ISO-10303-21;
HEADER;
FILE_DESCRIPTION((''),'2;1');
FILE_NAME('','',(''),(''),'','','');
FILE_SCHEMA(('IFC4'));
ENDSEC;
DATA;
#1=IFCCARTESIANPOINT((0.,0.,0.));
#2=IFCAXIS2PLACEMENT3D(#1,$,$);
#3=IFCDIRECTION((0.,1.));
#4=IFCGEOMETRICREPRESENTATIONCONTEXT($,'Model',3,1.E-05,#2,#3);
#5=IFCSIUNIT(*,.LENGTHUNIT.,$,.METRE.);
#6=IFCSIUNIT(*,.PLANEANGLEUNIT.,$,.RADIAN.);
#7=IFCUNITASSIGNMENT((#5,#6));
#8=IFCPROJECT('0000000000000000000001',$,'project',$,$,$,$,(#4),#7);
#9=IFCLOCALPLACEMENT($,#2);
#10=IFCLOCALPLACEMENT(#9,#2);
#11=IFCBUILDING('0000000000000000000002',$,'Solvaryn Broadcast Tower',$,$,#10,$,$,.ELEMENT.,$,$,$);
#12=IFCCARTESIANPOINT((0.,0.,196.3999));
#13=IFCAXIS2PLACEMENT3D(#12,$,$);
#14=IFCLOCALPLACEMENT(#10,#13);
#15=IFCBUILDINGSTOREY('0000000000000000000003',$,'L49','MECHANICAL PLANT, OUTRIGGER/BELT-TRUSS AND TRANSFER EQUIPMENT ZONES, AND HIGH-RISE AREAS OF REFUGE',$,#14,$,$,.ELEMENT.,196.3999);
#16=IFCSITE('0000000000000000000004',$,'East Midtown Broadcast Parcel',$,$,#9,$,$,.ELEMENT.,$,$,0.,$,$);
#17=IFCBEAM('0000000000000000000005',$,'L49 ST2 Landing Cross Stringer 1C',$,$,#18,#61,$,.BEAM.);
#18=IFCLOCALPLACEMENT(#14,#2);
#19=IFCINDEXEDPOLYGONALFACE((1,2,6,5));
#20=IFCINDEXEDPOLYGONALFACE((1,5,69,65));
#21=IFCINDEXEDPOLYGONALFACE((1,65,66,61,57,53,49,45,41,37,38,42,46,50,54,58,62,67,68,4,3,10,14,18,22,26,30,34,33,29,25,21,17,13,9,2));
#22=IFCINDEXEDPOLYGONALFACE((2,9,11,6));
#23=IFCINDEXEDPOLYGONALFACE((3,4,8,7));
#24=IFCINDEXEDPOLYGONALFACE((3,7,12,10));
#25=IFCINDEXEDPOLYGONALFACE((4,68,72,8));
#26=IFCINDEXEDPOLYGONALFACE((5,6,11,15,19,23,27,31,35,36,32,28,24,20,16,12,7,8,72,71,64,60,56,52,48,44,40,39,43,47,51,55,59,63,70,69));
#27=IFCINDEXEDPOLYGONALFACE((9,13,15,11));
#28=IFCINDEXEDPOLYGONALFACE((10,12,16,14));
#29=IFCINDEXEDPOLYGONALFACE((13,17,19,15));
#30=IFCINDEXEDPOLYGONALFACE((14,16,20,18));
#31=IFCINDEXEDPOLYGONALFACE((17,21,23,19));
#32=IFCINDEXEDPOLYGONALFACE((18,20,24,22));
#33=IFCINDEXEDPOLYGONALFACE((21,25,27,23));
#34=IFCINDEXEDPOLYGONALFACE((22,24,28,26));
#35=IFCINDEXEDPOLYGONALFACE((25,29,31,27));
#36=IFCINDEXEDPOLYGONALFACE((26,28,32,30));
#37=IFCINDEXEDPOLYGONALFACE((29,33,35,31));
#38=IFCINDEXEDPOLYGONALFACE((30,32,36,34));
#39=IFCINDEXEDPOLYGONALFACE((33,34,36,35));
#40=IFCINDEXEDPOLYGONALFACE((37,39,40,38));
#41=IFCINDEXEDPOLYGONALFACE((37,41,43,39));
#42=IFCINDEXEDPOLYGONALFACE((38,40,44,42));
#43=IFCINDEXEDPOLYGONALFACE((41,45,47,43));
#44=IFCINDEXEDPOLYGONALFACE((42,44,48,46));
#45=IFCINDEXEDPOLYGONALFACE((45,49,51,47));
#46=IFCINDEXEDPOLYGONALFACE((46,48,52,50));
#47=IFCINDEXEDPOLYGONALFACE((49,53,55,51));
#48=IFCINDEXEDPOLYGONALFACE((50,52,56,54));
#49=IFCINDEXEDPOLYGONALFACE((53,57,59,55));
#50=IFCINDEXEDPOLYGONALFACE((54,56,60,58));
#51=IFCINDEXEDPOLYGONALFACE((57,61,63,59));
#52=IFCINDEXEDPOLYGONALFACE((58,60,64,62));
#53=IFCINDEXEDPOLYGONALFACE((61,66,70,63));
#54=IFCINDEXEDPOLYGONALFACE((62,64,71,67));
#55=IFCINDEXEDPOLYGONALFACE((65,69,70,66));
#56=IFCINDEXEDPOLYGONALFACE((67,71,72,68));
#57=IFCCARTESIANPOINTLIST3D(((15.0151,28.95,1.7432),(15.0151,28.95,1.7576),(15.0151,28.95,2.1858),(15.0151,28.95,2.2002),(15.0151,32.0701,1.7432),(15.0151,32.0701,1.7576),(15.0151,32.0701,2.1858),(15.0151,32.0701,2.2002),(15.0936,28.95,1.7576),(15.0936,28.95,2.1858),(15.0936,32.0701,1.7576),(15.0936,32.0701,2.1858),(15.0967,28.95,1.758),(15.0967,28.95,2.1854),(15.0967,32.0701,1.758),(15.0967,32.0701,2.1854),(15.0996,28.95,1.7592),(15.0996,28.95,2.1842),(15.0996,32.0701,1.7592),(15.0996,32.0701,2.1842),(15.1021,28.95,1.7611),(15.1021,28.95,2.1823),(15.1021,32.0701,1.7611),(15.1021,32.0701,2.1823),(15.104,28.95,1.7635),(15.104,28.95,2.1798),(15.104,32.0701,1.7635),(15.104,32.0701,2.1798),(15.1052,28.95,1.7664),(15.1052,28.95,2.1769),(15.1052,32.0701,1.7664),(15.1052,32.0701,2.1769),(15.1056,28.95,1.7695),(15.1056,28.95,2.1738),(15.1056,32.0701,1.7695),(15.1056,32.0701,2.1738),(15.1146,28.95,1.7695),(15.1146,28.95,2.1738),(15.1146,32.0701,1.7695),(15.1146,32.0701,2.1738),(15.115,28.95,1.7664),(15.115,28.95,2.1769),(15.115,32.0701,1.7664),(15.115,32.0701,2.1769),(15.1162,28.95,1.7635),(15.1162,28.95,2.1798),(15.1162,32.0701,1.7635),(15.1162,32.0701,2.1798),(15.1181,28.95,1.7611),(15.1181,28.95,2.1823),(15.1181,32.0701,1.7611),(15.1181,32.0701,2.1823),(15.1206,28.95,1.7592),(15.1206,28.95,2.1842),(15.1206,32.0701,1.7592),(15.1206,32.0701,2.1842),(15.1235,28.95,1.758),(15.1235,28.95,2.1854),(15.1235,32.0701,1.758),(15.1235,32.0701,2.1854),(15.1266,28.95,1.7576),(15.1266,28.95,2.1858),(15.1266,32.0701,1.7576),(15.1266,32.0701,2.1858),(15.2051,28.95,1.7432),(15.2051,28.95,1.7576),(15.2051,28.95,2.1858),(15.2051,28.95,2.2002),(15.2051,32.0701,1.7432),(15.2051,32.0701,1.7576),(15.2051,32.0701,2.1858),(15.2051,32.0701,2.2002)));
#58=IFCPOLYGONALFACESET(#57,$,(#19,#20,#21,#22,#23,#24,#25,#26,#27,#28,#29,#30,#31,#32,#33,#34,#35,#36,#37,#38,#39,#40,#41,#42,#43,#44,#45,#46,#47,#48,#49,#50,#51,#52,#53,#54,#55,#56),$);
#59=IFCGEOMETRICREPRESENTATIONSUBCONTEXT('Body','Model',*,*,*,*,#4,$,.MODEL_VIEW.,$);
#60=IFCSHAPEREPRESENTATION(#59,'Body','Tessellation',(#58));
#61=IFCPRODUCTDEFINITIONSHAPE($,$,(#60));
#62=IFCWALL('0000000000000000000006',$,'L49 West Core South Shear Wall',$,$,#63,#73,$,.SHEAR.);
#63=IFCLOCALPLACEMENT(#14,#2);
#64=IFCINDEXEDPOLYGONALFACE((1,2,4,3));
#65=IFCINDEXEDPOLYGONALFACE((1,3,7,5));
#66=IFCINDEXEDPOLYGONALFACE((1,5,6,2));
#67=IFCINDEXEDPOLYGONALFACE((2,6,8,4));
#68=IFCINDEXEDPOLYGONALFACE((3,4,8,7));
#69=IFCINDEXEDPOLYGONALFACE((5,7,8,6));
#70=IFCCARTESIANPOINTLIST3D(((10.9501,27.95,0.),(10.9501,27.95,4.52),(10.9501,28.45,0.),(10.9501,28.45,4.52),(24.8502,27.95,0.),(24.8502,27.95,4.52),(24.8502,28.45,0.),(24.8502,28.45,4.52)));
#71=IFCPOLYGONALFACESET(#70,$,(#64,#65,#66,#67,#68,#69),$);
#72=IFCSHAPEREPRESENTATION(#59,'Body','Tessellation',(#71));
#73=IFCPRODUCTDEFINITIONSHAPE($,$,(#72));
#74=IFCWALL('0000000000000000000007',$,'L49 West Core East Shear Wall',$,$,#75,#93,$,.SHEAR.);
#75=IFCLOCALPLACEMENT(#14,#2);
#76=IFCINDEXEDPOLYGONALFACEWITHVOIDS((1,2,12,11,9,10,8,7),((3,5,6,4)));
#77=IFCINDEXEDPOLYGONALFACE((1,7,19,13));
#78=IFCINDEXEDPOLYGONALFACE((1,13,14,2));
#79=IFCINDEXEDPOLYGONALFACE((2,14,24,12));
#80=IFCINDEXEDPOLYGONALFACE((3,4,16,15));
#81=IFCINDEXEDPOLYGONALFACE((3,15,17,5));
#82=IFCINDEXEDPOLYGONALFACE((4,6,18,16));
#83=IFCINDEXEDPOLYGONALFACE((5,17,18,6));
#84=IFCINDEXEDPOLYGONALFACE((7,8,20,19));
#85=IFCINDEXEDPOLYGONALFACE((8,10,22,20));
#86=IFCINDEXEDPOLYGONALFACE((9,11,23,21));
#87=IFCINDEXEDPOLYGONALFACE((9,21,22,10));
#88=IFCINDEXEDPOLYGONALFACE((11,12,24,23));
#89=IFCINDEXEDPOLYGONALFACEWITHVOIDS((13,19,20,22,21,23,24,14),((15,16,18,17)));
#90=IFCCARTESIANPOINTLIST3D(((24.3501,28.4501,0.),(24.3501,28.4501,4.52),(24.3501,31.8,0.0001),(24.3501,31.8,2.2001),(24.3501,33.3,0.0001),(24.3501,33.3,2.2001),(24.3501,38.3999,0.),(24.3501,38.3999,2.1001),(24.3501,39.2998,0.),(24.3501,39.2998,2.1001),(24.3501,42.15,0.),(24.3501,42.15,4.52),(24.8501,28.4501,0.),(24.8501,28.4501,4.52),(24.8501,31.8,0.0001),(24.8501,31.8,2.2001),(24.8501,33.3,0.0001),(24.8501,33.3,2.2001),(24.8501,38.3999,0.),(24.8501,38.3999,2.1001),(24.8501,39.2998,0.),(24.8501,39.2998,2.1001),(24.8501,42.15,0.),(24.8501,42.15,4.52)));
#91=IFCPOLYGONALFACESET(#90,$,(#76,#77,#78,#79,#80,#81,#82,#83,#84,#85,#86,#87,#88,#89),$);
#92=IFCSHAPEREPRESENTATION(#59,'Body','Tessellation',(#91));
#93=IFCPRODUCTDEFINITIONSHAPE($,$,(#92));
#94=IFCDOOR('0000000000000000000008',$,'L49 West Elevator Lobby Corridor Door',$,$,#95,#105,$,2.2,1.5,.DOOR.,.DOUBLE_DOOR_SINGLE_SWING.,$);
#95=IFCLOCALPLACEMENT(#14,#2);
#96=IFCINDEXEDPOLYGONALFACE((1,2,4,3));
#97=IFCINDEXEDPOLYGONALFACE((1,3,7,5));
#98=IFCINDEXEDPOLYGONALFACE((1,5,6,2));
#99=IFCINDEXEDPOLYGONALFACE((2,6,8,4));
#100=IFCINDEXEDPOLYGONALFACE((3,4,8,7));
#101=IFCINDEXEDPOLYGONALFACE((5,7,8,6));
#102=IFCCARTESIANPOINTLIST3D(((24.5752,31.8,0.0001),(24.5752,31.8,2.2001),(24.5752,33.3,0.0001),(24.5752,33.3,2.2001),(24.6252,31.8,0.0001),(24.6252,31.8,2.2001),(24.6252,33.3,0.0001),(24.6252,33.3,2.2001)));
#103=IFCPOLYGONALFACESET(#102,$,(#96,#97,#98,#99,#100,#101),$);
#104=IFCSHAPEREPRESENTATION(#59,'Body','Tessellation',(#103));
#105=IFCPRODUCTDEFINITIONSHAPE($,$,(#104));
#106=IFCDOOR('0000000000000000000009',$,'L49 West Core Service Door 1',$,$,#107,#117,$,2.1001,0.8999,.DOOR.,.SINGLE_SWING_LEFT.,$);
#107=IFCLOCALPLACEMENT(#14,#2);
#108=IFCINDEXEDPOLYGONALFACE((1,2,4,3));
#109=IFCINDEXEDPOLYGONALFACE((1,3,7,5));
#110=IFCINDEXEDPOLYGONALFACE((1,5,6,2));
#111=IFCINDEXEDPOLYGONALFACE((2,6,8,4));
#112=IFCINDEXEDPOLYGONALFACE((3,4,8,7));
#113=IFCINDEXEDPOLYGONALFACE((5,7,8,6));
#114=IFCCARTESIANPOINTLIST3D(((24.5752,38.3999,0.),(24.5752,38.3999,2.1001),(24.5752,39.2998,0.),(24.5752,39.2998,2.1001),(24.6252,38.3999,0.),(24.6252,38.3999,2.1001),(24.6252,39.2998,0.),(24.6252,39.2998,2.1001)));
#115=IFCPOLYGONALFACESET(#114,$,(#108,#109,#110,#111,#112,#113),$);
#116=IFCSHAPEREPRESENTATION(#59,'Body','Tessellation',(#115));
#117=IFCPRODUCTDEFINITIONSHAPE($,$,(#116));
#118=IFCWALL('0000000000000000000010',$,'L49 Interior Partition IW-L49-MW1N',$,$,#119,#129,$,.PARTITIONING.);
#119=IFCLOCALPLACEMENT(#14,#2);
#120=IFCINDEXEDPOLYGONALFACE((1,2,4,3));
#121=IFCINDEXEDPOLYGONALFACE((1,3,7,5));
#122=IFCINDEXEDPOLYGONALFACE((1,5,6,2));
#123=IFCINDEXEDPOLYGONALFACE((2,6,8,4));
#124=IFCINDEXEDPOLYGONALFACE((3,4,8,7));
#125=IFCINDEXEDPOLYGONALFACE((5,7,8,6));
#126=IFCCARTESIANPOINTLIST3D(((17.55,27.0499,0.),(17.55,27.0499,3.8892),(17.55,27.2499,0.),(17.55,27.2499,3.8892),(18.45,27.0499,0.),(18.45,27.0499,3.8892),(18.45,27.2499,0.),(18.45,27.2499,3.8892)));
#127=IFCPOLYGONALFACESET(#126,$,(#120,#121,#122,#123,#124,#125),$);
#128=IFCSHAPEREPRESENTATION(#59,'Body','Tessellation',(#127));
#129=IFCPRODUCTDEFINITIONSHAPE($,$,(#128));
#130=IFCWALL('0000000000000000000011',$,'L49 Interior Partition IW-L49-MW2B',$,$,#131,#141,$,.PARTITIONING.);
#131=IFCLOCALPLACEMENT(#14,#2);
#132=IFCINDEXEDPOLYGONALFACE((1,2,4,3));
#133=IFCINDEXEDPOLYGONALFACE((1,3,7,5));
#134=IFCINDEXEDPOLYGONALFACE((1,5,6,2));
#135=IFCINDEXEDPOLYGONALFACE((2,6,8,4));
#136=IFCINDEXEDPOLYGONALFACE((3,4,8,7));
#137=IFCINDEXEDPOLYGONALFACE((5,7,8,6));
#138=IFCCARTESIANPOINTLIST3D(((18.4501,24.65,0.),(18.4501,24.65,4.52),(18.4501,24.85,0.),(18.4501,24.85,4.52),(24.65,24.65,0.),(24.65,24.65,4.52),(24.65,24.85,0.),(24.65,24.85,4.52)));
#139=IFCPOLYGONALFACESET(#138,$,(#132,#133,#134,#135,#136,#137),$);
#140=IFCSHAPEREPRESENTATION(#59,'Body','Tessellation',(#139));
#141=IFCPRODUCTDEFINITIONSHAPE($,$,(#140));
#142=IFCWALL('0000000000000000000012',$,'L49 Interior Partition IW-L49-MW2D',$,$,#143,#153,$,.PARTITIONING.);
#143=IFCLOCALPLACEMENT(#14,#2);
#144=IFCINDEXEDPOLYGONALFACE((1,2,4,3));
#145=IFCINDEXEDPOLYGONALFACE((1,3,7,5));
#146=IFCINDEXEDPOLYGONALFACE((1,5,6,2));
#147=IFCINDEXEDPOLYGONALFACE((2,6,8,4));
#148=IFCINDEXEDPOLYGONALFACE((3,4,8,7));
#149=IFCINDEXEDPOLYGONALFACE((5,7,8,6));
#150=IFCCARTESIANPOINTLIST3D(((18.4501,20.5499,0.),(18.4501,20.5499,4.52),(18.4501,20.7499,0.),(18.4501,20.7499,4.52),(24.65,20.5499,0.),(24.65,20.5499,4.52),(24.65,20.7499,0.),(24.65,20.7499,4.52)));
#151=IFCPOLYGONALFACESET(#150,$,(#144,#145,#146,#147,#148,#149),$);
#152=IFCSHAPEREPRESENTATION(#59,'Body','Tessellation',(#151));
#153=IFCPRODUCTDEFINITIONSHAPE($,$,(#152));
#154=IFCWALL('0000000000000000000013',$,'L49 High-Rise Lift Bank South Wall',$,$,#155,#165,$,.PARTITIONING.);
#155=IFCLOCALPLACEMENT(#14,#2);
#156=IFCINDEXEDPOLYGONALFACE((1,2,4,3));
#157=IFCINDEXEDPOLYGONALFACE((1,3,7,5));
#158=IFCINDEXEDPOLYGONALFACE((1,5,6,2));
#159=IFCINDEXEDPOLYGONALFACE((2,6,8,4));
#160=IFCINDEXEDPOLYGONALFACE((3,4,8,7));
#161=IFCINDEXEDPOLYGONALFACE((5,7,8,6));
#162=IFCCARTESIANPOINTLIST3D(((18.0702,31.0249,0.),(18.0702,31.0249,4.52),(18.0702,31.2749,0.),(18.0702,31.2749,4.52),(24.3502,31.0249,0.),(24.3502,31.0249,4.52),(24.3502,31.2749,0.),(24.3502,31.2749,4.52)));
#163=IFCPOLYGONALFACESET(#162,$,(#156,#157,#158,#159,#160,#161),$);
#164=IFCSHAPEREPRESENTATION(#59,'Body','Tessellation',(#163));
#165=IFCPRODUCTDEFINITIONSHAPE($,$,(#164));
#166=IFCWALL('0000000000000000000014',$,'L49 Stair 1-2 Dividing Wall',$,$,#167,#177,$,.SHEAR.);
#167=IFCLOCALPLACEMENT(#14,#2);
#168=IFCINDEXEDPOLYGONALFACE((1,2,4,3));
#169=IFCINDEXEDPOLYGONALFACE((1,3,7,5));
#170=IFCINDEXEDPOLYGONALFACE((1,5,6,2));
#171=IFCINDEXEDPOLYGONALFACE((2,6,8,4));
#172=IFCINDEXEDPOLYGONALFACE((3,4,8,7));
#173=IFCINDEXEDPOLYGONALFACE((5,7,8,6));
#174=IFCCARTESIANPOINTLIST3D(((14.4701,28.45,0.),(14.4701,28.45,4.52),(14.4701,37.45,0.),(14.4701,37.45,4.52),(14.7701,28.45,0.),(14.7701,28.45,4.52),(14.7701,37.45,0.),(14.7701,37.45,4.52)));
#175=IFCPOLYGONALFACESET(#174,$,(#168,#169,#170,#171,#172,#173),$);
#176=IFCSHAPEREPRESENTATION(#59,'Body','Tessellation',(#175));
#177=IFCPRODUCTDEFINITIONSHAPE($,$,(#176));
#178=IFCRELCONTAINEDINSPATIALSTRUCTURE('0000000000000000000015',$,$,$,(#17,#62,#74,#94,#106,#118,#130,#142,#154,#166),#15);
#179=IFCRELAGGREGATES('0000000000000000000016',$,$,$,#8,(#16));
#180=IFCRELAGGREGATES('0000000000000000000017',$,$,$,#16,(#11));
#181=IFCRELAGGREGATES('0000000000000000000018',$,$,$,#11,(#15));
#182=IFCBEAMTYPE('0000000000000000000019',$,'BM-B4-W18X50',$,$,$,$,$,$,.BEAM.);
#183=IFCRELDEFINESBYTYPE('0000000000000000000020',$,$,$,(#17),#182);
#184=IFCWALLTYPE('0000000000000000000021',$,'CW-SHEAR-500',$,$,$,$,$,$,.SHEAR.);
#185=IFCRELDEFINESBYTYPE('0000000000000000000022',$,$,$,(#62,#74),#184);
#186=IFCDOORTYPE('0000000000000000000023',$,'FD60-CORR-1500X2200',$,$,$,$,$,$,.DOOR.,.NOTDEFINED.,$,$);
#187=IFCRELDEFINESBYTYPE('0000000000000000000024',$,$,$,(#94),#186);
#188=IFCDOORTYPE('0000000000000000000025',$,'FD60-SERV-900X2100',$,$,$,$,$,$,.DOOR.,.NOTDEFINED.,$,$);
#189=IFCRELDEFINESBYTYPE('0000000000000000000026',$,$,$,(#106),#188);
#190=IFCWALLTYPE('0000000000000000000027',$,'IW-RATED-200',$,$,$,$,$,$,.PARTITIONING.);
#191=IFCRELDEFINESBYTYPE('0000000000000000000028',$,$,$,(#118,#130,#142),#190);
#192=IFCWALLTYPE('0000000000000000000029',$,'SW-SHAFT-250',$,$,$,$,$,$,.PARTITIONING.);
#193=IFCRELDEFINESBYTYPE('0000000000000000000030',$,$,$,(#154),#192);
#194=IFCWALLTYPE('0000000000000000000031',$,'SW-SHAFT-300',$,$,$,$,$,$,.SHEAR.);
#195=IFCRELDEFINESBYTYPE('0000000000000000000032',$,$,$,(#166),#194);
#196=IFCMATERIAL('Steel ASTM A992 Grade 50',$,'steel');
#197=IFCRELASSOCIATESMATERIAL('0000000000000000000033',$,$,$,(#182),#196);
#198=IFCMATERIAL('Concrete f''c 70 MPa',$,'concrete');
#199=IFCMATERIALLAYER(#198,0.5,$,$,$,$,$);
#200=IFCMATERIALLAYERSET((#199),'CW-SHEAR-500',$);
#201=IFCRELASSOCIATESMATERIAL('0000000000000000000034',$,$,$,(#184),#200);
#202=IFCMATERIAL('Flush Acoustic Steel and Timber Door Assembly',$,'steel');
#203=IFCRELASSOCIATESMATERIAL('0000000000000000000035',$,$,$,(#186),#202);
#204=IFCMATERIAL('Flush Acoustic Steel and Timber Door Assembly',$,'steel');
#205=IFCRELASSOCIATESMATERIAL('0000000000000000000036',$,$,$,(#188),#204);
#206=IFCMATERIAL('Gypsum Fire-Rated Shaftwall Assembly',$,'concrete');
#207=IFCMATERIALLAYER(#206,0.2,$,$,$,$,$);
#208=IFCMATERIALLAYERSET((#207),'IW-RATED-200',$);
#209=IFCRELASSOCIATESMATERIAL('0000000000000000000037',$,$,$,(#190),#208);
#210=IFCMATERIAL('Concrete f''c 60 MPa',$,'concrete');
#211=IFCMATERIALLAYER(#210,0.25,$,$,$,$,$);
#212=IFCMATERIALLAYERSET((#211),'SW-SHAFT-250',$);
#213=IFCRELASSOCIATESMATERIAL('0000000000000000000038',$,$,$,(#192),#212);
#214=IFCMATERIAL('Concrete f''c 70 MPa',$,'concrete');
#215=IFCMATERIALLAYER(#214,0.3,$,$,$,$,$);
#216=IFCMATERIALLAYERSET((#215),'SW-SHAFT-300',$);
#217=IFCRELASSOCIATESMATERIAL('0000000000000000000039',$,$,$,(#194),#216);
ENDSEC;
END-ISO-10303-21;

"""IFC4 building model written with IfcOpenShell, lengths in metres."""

from ifc_helpers import new_model, si_unit, direction, frame, frame_2d, origin, origin_2d, place, context, subcontext, project, spatial, rectangle, i_section, extrude, material, layer, layer_set, material_profile, profile_set, type_object, element, fill, save


model = new_model("IFC4")

# Units and contexts
model_context = context("Model", 3, precision=1e-05, world=origin(), true_north=direction((0.0, 1.0)))
body_context = subcontext(model_context, "Body", "Model", "MODEL_VIEW")
ifc_project = project(units=[si_unit("LENGTHUNIT", "METRE"), si_unit("PLANEANGLEUNIT", "RADIAN")], contexts=[model_context])

# Site, building, storey
site_placement = place(None, origin())
site = spatial("IfcSite", under=ifc_project, at=site_placement, Name="East Midtown Broadcast Parcel", CompositionType="ELEMENT", RefElevation=0.0)
building_placement = place(site_placement, origin())
building = spatial("IfcBuilding", under=site, at=building_placement, Name="Solvaryn Broadcast Tower", CompositionType="ELEMENT")
storey_placement = place(building_placement, frame((0.0, 0.0, 196.3999)))
storey = spatial("IfcBuildingStorey", under=building, at=storey_placement, Name="L49", Description="MECHANICAL PLANT, OUTRIGGER/BELT-TRUSS AND TRANSFER EQUIPMENT ZONES, AND HIGH-RISE AREAS OF REFUGE", CompositionType="ELEMENT", Elevation=196.3999)

# Beam
ifc_material_1 = material(Name="Steel ASTM A992 Grade 50", Category="steel")
ifc_material_profile_1 = material_profile(ifc_material_1, i_section(OverallWidth=0.1899, OverallDepth=0.457, WebThickness=0.009, FlangeThickness=0.0144, FilletRadius=0.012, at=origin_2d()))
ifc_profile_set_1 = profile_set([ifc_material_profile_1], Name="Steel ASTM A992 Grade 50")
beam_type_1 = type_object("IfcBeamType", Name="BM-B4-W18X50", PredefinedType="BEAM", material=ifc_profile_set_1)
beam_1_placement = place(storey_placement, frame((15.1101, 28.95, 1.9717), z_axis=(0.0, 1.0, 0.0), x_axis=(-1.0, 0.0, 0.0)))
element("IfcBeam", 1, at=beam_1_placement, inside=storey, type_object=beam_type_1, Name="L49 ST2 Landing Cross Stringer 1C", PredefinedType="BEAM", context=body_context, shape_type="SweptSolid", body=[
    extrude(i_section(OverallWidth=0.1899, OverallDepth=0.457, WebThickness=0.009, FlangeThickness=0.0144, FilletRadius=0.012, at=origin_2d()), origin(), (0.0, 0.0, 1.0), 3.1201),
])

# Wall
ifc_material_2 = material(Name="Concrete f'c 70 MPa", Category="concrete")
ifc_layer_1 = layer(ifc_material_2, 0.5)
ifc_layer_set_1 = layer_set([ifc_layer_1], Name="CW-SHEAR-500")
wall_type_1 = type_object("IfcWallType", Name="CW-SHEAR-500", PredefinedType="SHEAR", material=ifc_layer_set_1)
wall_1_placement = place(storey_placement, frame((10.95, 28.2, 0.0), z_axis=(0.0, 0.0, 1.0), x_axis=(1.0, 0.0, 0.0)))
element("IfcWall", 2, at=wall_1_placement, inside=storey, type_object=wall_type_1, Name="L49 West Core South Shear Wall", PredefinedType="SHEAR", context=body_context, shape_type="SweptSolid", body=[
    extrude(rectangle(XDim=13.9001, YDim=0.5, at=frame_2d((6.9502, 0.0))), origin(), (0.0, 0.0, 1.0), 4.52),
])

# Wall, openings, doors
wall_2_placement = place(storey_placement, frame((24.6001, 28.45, 0.0), z_axis=(0.0, 0.0, 1.0), x_axis=(0.0, 1.0, 0.0)))
wall_2 = element("IfcWall", 3, at=wall_2_placement, inside=storey, type_object=wall_type_1, Name="L49 West Core East Shear Wall", PredefinedType="SHEAR", context=body_context, shape_type="SweptSolid", body=[
    extrude(rectangle(XDim=13.7, YDim=0.5, at=frame_2d((6.8501, 0.0))), origin(), (0.0, 0.0, 1.0), 4.52),
])
opening_1_placement = place(wall_2_placement, frame((3.3501, 0.0, 0.0)))
opening_1 = element("IfcOpeningElement", 4, at=opening_1_placement, cuts=wall_2, PredefinedType="OPENING", context=body_context, shape_type="SweptSolid", body=[
    extrude(rectangle(XDim=1.5, YDim=2.2, at=frame_2d((0.75, 1.1001))), frame((0.0, 0.26, 0.0), z_axis=(0.0, -1.0, 0.0), x_axis=(1.0, 0.0, 0.0)), (0.0, 0.0, 1.0), 0.52),
])
opening_2_placement = place(wall_2_placement, frame((9.95, 0.0, 0.0)))
opening_2 = element("IfcOpeningElement", 5, at=opening_2_placement, cuts=wall_2, PredefinedType="OPENING", context=body_context, shape_type="SweptSolid", body=[
    extrude(rectangle(XDim=0.8999, YDim=2.1001, at=frame_2d((0.45, 1.05))), frame((0.0, 0.26, 0.0), z_axis=(0.0, -1.0, 0.0), x_axis=(1.0, 0.0, 0.0)), (0.0, 0.0, 1.0), 0.52),
])
ifc_material_3 = material(Name="Flush Acoustic Steel and Timber Door Assembly", Category="steel")
door_type_1 = type_object("IfcDoorType", Name="FD60-CORR-1500X2200", OperationType="NOTDEFINED", PredefinedType="DOOR", material=ifc_material_3)
door_1_placement = place(opening_1_placement, origin())
door_1 = element("IfcDoor", 6, at=door_1_placement, inside=storey, type_object=door_type_1, Name="L49 West Elevator Lobby Corridor Door", OperationType="DOUBLE_DOOR_SINGLE_SWING", OverallHeight=2.2, OverallWidth=1.5, PredefinedType="DOOR", context=body_context, shape_type="SweptSolid", body=[
    extrude(rectangle(XDim=1.5, YDim=2.2, at=frame_2d((0.75, 1.1001))), frame((0.0, 0.0249, 0.0), z_axis=(0.0, -1.0, 0.0), x_axis=(1.0, 0.0, 0.0)), (0.0, 0.0, 1.0), 0.05),
])
fill(opening_1, door_1)
ifc_material_4 = material(Name="Flush Acoustic Steel and Timber Door Assembly", Category="steel")
door_type_2 = type_object("IfcDoorType", Name="FD60-SERV-900X2100", OperationType="NOTDEFINED", PredefinedType="DOOR", material=ifc_material_4)
door_2_placement = place(opening_2_placement, origin())
door_2 = element("IfcDoor", 7, at=door_2_placement, inside=storey, type_object=door_type_2, Name="L49 West Core Service Door 1", OperationType="SINGLE_SWING_LEFT", OverallHeight=2.1001, OverallWidth=0.8999, PredefinedType="DOOR", context=body_context, shape_type="SweptSolid", body=[
    extrude(rectangle(XDim=0.8999, YDim=2.1001, at=frame_2d((0.45, 1.05))), frame((0.0, 0.0249, 0.0), z_axis=(0.0, -1.0, 0.0), x_axis=(1.0, 0.0, 0.0)), (0.0, 0.0, 1.0), 0.05),
])
fill(opening_2, door_2)

# Walls
ifc_material_5 = material(Name="Gypsum Fire-Rated Shaftwall Assembly", Category="concrete")
ifc_layer_2 = layer(ifc_material_5, 0.2)
ifc_layer_set_2 = layer_set([ifc_layer_2], Name="IW-RATED-200")
wall_type_2 = type_object("IfcWallType", Name="IW-RATED-200", PredefinedType="PARTITIONING", material=ifc_layer_set_2)
wall_3_placement = place(storey_placement, frame((17.55, 27.1499, 0.0), z_axis=(0.0, 0.0, 1.0), x_axis=(1.0, 0.0, 0.0)))
element("IfcWall", 8, at=wall_3_placement, inside=storey, type_object=wall_type_2, Name="L49 Interior Partition IW-L49-MW1N", PredefinedType="PARTITIONING", context=body_context, shape_type="SweptSolid", body=[
    extrude(rectangle(XDim=0.8999, YDim=0.2, at=frame_2d((0.45, 0.0))), origin(), (0.0, 0.0, 1.0), 3.8892),
])
for number, where, z_axis, x_axis, name in (
    (9, (18.45, 24.75, 0.0), (0.0, 0.0, 1.0), (1.0, 0.0, 0.0), "L49 Interior Partition IW-L49-MW2B"),
    (10, (18.45, 20.6499, 0.0), (0.0, 0.0, 1.0), (1.0, 0.0, 0.0), "L49 Interior Partition IW-L49-MW2D"),
):
    element("IfcWall", number, at=place(storey_placement, frame(where, z_axis=z_axis, x_axis=x_axis)), inside=storey, type_object=wall_type_2, Name=name, PredefinedType="PARTITIONING", context=body_context, shape_type="SweptSolid", body=[
        extrude(rectangle(XDim=6.2, YDim=0.2, at=frame_2d((3.1001, 0.0))), origin(), (0.0, 0.0, 1.0), 4.52),
    ])
ifc_material_6 = material(Name="Concrete f'c 60 MPa", Category="concrete")
ifc_layer_3 = layer(ifc_material_6, 0.25)
ifc_layer_set_3 = layer_set([ifc_layer_3], Name="SW-SHAFT-250")
wall_type_3 = type_object("IfcWallType", Name="SW-SHAFT-250", PredefinedType="PARTITIONING", material=ifc_layer_set_3)
wall_4_placement = place(storey_placement, frame((18.0701, 31.1499, 0.0), z_axis=(0.0, 0.0, 1.0), x_axis=(1.0, 0.0, 0.0)))
element("IfcWall", 11, at=wall_4_placement, inside=storey, type_object=wall_type_3, Name="L49 High-Rise Lift Bank South Wall", PredefinedType="PARTITIONING", context=body_context, shape_type="SweptSolid", body=[
    extrude(rectangle(XDim=6.28, YDim=0.25, at=frame_2d((3.1401, 0.0))), origin(), (0.0, 0.0, 1.0), 4.52),
])
ifc_material_7 = material(Name="Concrete f'c 70 MPa", Category="concrete")
ifc_layer_4 = layer(ifc_material_7, 0.3)
ifc_layer_set_4 = layer_set([ifc_layer_4], Name="SW-SHAFT-300")
wall_type_4 = type_object("IfcWallType", Name="SW-SHAFT-300", PredefinedType="SHEAR", material=ifc_layer_set_4)
wall_5_placement = place(storey_placement, frame((14.6201, 28.45, 0.0), z_axis=(0.0, 0.0, 1.0), x_axis=(0.0, 1.0, 0.0)))
element("IfcWall", 12, at=wall_5_placement, inside=storey, type_object=wall_type_4, Name="L49 Stair 1-2 Dividing Wall", PredefinedType="SHEAR", context=body_context, shape_type="SweptSolid", body=[
    extrude(rectangle(XDim=9.0, YDim=0.3, at=frame_2d((4.5, 0.0))), origin(), (0.0, 0.0, 1.0), 4.52),
])

save(model, "model.ifc")
